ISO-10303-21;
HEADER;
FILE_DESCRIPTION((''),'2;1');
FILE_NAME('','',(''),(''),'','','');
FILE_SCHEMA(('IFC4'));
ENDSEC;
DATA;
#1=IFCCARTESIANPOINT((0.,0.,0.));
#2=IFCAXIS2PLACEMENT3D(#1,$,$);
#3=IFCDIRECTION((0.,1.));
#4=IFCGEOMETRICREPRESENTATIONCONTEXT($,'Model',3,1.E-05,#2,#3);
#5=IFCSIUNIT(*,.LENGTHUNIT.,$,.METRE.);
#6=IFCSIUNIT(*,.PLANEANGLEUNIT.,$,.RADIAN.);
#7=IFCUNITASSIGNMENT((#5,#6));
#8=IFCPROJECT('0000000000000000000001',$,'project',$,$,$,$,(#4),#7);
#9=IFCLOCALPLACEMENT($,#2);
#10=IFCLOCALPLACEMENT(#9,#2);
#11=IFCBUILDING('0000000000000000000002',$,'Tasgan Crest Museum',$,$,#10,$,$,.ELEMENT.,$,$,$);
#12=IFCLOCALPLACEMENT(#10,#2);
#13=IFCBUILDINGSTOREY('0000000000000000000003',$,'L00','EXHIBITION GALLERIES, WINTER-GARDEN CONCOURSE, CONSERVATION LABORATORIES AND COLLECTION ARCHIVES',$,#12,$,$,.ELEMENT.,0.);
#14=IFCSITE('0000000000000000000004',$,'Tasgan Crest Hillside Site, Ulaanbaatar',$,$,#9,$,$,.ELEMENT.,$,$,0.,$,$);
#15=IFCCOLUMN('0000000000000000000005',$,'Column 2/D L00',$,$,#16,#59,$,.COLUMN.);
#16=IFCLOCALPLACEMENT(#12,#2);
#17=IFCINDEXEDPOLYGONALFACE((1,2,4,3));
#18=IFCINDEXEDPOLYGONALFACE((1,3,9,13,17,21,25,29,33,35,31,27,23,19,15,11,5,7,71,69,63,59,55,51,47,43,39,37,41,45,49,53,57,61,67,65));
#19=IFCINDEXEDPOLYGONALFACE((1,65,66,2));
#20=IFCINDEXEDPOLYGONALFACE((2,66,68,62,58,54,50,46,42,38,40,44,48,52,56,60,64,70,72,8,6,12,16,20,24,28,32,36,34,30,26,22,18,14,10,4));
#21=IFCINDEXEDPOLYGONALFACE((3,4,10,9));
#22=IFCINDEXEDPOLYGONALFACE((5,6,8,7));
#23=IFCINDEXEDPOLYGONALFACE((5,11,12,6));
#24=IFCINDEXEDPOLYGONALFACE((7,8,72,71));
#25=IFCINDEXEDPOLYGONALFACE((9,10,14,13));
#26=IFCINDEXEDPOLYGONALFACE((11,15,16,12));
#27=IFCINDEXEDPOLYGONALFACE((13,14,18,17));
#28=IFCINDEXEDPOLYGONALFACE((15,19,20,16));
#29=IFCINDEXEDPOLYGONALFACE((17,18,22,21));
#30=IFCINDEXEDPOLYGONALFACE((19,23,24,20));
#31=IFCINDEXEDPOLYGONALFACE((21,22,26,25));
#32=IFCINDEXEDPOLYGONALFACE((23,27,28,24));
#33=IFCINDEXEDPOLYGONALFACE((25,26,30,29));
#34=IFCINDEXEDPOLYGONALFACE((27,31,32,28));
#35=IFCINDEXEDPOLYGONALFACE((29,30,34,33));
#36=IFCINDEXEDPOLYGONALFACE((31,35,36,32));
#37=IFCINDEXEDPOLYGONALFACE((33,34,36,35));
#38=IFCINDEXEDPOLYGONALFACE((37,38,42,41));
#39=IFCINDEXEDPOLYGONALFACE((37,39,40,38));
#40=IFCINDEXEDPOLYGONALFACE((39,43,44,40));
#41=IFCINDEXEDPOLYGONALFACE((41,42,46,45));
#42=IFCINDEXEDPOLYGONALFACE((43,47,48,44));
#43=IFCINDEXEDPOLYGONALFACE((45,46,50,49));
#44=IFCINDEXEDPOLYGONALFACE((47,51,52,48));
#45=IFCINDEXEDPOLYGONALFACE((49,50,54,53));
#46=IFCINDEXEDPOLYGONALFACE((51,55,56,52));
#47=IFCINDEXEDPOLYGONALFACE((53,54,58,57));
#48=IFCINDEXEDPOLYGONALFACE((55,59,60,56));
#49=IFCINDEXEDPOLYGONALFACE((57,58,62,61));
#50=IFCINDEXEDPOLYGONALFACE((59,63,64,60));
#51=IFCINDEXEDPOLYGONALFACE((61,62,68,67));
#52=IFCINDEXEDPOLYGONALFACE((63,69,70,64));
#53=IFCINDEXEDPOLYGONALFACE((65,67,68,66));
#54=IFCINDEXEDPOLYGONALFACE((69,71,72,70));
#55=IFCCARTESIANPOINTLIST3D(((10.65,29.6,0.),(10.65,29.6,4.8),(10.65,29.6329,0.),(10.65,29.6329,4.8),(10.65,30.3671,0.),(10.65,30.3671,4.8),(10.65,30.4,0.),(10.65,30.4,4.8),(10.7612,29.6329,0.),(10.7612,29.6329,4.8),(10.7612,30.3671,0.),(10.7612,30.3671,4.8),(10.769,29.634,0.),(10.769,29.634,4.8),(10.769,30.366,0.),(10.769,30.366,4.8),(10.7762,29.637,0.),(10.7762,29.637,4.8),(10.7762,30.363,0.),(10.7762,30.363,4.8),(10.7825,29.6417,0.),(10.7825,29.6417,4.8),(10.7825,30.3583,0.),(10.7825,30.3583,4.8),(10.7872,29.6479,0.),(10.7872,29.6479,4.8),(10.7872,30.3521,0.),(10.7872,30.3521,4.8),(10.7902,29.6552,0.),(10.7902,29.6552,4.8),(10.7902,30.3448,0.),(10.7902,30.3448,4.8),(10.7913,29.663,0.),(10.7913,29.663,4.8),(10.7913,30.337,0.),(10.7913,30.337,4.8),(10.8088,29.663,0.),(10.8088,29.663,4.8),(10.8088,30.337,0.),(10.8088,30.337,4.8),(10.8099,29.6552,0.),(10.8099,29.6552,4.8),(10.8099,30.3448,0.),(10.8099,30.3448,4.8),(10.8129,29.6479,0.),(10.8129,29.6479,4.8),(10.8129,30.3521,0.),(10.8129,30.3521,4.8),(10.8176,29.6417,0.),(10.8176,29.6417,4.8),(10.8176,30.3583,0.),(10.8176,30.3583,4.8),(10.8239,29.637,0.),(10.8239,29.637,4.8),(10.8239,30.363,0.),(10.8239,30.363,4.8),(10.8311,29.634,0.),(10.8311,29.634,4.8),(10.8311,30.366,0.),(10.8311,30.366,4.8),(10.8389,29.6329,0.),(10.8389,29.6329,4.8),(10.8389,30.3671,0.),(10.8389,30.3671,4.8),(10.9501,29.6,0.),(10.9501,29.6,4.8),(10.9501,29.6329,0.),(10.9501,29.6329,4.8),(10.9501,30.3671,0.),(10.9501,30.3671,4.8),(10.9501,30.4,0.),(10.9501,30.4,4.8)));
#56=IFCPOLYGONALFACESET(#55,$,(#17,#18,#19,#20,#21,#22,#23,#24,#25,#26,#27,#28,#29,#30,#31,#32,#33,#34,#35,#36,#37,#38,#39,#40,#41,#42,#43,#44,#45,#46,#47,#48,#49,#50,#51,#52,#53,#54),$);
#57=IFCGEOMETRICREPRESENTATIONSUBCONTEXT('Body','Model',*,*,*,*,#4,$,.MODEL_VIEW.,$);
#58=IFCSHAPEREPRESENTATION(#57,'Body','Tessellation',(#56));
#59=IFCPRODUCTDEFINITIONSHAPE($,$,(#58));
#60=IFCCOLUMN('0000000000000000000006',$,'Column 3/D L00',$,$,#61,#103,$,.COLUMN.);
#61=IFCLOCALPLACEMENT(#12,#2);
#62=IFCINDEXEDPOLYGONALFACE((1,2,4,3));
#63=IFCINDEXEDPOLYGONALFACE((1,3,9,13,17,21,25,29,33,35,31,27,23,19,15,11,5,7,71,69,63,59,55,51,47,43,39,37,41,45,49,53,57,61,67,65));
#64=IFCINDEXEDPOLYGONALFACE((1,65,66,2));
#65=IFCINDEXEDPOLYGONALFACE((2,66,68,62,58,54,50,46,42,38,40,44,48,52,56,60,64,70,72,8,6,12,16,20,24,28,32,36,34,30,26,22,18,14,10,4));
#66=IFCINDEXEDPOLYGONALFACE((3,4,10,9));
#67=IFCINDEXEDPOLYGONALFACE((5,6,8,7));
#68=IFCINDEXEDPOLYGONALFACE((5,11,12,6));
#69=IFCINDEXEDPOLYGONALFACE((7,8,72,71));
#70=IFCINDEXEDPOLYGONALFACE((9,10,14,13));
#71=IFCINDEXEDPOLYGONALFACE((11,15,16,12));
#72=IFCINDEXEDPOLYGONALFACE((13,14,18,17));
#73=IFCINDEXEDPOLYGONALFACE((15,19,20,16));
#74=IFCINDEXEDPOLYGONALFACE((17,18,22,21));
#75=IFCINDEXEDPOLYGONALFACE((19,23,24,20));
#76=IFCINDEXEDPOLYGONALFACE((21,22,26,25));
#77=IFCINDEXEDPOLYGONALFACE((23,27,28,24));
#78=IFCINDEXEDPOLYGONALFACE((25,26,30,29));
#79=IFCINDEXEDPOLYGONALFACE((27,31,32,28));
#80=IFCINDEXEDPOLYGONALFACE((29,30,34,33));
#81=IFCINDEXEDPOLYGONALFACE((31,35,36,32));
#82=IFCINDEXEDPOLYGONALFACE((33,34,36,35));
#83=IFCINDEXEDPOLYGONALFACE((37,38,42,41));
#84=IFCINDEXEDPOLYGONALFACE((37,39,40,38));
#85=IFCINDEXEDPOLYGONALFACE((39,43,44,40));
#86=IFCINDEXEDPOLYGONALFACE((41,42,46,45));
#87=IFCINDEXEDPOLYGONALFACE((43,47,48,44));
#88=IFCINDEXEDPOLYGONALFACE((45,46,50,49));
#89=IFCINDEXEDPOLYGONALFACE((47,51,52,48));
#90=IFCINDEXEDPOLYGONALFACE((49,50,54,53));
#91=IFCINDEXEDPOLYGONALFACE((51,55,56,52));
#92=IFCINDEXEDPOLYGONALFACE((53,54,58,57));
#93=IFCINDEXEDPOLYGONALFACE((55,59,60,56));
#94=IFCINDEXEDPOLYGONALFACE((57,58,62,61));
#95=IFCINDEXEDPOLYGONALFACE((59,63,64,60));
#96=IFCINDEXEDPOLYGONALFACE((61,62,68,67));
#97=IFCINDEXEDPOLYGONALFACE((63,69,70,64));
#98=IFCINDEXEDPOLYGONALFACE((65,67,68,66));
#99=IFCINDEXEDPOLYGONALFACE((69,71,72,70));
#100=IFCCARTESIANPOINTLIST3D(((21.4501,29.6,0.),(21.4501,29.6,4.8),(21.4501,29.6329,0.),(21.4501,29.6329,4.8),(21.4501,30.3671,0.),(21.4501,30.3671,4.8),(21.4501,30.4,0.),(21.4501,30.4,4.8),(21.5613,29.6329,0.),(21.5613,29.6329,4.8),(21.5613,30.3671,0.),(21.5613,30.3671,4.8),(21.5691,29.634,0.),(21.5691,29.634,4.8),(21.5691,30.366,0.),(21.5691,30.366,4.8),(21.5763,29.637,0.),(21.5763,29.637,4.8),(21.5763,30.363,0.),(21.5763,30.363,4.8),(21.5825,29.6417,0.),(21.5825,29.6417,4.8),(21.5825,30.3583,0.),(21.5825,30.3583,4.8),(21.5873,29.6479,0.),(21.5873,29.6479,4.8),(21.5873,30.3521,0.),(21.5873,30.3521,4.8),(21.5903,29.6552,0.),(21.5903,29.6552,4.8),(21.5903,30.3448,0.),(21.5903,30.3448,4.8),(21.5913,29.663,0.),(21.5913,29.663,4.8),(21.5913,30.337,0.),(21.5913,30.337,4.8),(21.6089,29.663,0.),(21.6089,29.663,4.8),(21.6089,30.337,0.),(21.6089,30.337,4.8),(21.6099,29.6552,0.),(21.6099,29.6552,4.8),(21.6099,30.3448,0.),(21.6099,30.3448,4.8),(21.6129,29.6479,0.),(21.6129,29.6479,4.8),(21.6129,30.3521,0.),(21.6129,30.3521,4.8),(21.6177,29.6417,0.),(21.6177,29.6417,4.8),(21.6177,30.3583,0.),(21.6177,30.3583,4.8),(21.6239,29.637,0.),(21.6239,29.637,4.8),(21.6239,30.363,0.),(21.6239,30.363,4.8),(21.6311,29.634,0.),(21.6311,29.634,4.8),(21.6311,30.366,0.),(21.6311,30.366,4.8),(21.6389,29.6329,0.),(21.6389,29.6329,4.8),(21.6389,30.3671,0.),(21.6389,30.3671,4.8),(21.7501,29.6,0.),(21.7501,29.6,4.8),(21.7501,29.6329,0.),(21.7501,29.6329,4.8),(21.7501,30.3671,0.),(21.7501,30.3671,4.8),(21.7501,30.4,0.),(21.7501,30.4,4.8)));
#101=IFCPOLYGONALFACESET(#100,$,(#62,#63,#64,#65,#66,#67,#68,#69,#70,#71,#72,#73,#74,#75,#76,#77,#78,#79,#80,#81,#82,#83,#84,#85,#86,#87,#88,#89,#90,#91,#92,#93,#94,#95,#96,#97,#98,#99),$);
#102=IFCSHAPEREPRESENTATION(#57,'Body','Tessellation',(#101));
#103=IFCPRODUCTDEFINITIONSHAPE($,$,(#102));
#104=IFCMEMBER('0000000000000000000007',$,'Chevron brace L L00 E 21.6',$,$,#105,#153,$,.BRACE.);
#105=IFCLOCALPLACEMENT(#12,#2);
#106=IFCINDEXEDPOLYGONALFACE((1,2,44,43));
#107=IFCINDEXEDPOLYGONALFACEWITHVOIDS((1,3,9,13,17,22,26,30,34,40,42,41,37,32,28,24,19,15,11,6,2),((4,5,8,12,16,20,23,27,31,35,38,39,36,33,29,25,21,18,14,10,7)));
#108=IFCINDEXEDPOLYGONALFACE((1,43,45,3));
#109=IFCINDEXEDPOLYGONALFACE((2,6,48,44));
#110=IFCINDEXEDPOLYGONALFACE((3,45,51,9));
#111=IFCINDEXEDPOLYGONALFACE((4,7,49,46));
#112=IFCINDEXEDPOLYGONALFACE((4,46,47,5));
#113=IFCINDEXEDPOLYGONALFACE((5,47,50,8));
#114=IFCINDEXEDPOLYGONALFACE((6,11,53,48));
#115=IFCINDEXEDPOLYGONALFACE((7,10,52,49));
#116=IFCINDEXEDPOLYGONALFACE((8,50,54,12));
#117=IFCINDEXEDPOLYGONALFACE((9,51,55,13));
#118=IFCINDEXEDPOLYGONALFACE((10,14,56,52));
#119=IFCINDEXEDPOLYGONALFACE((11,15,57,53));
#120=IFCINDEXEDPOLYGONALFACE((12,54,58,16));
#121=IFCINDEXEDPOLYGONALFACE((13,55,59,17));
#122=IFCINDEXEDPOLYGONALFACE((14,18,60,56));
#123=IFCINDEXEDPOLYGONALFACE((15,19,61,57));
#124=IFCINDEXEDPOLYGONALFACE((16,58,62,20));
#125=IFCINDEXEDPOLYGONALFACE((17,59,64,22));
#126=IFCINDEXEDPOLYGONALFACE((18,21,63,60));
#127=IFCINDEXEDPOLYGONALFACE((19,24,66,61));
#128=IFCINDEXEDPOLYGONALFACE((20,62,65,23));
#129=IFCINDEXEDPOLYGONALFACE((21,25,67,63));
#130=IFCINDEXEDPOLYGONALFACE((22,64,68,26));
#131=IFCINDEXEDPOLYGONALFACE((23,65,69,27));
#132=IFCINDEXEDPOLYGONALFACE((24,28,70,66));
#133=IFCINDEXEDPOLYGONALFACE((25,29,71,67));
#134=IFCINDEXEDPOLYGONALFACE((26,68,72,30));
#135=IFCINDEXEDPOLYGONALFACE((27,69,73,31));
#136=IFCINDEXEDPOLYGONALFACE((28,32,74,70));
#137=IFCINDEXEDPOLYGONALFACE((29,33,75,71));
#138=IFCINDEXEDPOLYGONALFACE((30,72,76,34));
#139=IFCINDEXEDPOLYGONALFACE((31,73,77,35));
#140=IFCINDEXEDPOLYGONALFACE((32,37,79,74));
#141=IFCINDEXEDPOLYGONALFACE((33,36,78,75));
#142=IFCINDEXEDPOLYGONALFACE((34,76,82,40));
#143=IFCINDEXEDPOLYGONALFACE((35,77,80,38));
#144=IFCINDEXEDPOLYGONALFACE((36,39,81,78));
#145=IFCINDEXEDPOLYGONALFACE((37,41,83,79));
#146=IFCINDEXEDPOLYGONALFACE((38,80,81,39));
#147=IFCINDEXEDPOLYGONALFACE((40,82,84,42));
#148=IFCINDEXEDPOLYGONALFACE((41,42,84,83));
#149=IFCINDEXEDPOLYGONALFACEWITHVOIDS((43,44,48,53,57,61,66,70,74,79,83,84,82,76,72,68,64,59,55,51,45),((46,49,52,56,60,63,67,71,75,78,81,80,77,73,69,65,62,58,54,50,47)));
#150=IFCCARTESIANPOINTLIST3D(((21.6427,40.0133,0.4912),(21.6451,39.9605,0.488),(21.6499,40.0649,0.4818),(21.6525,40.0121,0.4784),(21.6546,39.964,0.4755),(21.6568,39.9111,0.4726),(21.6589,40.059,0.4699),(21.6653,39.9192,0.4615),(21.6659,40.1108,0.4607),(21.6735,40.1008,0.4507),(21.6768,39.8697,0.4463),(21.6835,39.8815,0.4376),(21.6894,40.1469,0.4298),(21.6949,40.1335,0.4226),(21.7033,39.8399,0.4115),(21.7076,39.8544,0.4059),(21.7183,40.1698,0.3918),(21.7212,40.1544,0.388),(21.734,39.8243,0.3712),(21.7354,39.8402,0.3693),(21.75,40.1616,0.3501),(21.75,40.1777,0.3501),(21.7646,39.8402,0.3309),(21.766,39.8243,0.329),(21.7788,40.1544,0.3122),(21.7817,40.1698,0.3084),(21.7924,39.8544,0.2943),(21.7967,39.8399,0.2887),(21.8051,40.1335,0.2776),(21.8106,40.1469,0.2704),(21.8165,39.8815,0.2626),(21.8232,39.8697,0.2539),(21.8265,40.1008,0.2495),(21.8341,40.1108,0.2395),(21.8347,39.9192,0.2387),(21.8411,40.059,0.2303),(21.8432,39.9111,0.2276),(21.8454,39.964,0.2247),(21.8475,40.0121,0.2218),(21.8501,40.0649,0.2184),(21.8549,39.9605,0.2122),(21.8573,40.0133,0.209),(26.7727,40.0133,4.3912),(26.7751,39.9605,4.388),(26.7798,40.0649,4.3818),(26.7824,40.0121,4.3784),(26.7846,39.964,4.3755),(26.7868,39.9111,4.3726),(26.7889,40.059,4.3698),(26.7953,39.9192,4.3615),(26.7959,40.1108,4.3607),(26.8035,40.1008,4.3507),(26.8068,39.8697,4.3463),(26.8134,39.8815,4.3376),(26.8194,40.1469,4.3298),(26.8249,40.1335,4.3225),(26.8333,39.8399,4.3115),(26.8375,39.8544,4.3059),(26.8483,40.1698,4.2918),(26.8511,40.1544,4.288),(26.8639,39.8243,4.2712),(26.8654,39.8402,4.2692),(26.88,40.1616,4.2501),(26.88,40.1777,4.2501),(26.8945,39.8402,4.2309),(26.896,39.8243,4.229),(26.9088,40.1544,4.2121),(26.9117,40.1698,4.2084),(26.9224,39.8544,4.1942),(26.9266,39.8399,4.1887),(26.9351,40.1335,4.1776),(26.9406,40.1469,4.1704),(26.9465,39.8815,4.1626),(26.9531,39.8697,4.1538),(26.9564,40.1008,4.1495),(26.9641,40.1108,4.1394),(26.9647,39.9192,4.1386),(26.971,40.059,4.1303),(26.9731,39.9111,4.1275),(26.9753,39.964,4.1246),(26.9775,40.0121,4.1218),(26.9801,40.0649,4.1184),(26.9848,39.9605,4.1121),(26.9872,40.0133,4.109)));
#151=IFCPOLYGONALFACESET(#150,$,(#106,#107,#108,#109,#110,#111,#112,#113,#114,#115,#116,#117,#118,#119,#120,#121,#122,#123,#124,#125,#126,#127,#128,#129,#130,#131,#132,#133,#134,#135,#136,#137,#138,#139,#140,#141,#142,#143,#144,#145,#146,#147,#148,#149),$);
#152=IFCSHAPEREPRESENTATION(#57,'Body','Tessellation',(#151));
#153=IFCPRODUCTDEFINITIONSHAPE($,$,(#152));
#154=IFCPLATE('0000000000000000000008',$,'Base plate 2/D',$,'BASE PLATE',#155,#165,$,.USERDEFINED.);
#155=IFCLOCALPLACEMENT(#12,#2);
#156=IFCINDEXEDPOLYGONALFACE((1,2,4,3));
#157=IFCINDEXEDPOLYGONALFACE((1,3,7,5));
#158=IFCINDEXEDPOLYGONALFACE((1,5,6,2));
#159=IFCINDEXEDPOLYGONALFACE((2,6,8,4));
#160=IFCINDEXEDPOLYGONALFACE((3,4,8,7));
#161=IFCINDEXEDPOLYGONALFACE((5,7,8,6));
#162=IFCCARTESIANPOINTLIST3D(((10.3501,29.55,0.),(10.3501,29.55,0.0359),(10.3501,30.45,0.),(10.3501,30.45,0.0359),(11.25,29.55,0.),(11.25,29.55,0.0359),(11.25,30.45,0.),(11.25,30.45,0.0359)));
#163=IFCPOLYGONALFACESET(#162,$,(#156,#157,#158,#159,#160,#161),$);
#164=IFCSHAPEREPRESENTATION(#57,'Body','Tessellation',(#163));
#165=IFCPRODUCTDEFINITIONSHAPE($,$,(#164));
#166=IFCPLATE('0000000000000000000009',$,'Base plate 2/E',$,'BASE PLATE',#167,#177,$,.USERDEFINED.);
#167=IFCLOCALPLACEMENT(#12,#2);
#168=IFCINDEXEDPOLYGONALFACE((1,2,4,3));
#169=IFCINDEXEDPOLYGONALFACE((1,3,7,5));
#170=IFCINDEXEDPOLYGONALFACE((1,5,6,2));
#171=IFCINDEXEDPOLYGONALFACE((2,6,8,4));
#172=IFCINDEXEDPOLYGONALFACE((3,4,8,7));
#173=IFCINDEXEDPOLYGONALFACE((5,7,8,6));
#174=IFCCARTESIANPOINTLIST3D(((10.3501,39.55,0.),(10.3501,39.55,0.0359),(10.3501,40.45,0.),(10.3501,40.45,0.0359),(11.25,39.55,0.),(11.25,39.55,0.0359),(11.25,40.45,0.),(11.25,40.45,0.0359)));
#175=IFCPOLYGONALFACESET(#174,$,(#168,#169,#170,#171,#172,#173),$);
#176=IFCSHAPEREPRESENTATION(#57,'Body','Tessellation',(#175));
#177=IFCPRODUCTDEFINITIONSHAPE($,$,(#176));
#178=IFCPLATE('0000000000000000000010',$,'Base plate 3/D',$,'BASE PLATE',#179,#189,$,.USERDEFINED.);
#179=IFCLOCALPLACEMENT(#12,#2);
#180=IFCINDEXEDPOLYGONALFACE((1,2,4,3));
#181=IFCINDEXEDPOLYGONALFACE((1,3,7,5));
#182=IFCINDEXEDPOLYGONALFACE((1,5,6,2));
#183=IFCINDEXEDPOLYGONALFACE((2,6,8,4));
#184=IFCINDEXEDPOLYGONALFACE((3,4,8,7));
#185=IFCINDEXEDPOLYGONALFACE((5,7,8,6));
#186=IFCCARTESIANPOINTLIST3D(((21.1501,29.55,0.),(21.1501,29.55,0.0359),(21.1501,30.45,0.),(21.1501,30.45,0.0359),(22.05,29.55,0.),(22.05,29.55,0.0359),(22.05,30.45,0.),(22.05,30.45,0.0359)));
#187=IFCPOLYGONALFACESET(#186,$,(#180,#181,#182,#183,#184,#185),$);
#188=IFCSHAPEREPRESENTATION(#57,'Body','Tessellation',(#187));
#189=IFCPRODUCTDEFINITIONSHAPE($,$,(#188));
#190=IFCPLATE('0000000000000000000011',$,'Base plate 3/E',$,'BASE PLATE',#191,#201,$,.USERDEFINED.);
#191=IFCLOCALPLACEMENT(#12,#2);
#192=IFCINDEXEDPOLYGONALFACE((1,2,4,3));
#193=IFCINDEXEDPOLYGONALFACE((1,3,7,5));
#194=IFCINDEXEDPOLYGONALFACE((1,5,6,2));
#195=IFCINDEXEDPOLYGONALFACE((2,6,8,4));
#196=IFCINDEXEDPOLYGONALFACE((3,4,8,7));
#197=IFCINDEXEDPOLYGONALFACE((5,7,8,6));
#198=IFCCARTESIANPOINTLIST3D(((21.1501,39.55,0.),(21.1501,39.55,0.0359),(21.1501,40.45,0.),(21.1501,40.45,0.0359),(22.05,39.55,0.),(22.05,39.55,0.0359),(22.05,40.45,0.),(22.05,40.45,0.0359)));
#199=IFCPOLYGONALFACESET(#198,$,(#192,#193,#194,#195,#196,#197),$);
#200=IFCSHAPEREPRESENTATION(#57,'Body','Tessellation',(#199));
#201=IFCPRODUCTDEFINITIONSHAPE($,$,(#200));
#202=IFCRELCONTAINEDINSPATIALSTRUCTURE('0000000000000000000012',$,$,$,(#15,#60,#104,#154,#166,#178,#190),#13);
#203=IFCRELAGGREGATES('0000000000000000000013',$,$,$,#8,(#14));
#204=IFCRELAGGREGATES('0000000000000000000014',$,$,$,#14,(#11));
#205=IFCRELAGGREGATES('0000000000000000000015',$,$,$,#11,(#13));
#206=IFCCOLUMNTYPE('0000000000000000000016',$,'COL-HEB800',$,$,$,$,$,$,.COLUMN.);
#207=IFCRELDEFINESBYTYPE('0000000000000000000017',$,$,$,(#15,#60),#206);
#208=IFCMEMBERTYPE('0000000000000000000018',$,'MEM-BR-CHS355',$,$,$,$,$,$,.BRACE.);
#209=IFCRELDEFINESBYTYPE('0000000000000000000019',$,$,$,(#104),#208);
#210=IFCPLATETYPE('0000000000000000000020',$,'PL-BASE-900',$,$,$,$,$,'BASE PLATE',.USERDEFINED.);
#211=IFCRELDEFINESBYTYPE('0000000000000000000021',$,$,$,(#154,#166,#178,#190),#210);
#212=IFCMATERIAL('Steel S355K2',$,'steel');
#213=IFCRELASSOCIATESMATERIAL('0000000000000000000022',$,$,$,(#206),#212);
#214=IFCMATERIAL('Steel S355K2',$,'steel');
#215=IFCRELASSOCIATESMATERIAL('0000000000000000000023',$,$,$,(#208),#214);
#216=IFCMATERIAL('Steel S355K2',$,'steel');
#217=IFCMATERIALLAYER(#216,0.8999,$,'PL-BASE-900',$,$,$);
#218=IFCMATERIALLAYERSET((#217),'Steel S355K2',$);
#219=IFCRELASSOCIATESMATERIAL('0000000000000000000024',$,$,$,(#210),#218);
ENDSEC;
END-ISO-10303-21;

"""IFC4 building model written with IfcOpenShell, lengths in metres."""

from ifc_helpers import new_model, si_unit, direction, frame, origin, origin_2d, place, context, subcontext, project, spatial, rectangle, hollow_circle, i_section, extrude, material, layer, layer_set, material_profile, profile_set, type_object, element, save


model = new_model("IFC4")

# Units and contexts
model_context = context("Model", 3, precision=1e-05, world=origin(), true_north=direction((0.0, 1.0)))
body_context = subcontext(model_context, "Body", "Model", "MODEL_VIEW")
ifc_project = project(units=[si_unit("LENGTHUNIT", "METRE"), si_unit("PLANEANGLEUNIT", "RADIAN")], contexts=[model_context])

# Site, building, storey
site_placement = place(None, origin())
site = spatial("IfcSite", under=ifc_project, at=site_placement, Name="Tasgan Crest Hillside Site, Ulaanbaatar", CompositionType="ELEMENT", RefElevation=0.0)
building_placement = place(site_placement, origin())
building = spatial("IfcBuilding", under=site, at=building_placement, Name="Tasgan Crest Museum", CompositionType="ELEMENT")
storey_placement = place(building_placement, origin())
storey = spatial("IfcBuildingStorey", under=building, at=storey_placement, Name="L00", Description="EXHIBITION GALLERIES, WINTER-GARDEN CONCOURSE, CONSERVATION LABORATORIES AND COLLECTION ARCHIVES", CompositionType="ELEMENT", Elevation=0.0)

# Columns
ifc_material_1 = material(Name="Steel S355K2", Category="steel")
ifc_material_profile_1 = material_profile(ifc_material_1, i_section(OverallWidth=0.3, OverallDepth=0.8, WebThickness=0.0176, FlangeThickness=0.033, FilletRadius=0.03, at=origin_2d()), Name="HEB 800")
ifc_profile_set_1 = profile_set([ifc_material_profile_1], Name="Steel S355K2")
column_type_1 = type_object("IfcColumnType", Name="COL-HEB800", PredefinedType="COLUMN", material=ifc_profile_set_1)
for number, where, z_axis, x_axis, name in (
    (1, (10.8, 30.0, 0.0), (0.0, 0.0, 1.0), (1.0, 0.0, 0.0), "Column 2/D L00"),
    (2, (21.6001, 30.0, 0.0), (0.0, 0.0, 1.0), (1.0, 0.0, 0.0), "Column 3/D L00"),
):
    element("IfcColumn", number, at=place(storey_placement, frame(where, z_axis=z_axis, x_axis=x_axis)), inside=storey, type_object=column_type_1, Name=name, PredefinedType="COLUMN", context=body_context, shape_type="SweptSolid", body=[
        extrude(i_section(OverallWidth=0.3, OverallDepth=0.8, WebThickness=0.0176, FlangeThickness=0.033, FilletRadius=0.03, at=origin_2d()), origin(), (0.0, 0.0, 1.0), 4.8),
    ])

# Member
ifc_material_2 = material(Name="Steel S355K2", Category="steel")
ifc_material_profile_2 = material_profile(ifc_material_2, hollow_circle(Radius=0.1777, WallThickness=0.0161, at=origin_2d()), Name="CHS 355.6x16")
ifc_profile_set_2 = profile_set([ifc_material_profile_2], Name="Steel S355K2")
member_type = type_object("IfcMemberType", Name="MEM-BR-CHS355", PredefinedType="BRACE", material=ifc_profile_set_2)
member_placement = place(storey_placement, frame((21.75, 40.0, 0.3501), z_axis=(0.796073, 0.0, 0.6052), x_axis=(0.0, 1.0, 0.0)))
element("IfcMember", 3, at=member_placement, inside=storey, type_object=member_type, Name="Chevron brace L L00 E 21.6", PredefinedType="BRACE", context=body_context, shape_type="SweptSolid", body=[
    extrude(hollow_circle(Radius=0.1777, WallThickness=0.0161, at=origin_2d()), origin(), (0.0, 0.0, 1.0), 6.4441),
])

# Plates
ifc_material_3 = material(Name="Steel S355K2", Category="steel")
ifc_layer_1 = layer(ifc_material_3, 0.8999, Name="PL-BASE-900")
ifc_layer_set_1 = layer_set([ifc_layer_1], Name="Steel S355K2")
plate_type_1 = type_object("IfcPlateType", Name="PL-BASE-900", ElementType="BASE PLATE", PredefinedType="USERDEFINED", material=ifc_layer_set_1)
for number, where, z_axis, x_axis, name in (
    (4, (10.8, 30.0, 0.0), (0.0, 0.0, 1.0), (1.0, 0.0, 0.0), "Base plate 2/D"),
    (5, (10.8, 40.0, 0.0), (0.0, 0.0, 1.0), (1.0, 0.0, 0.0), "Base plate 2/E"),
    (6, (21.6001, 30.0, 0.0), (0.0, 0.0, 1.0), (1.0, 0.0, 0.0), "Base plate 3/D"),
    (7, (21.6001, 40.0, 0.0), (0.0, 0.0, 1.0), (1.0, 0.0, 0.0), "Base plate 3/E"),
):
    element("IfcPlate", number, at=place(storey_placement, frame(where, z_axis=z_axis, x_axis=x_axis)), inside=storey, type_object=plate_type_1, Name=name, ObjectType="BASE PLATE", PredefinedType="USERDEFINED", context=body_context, shape_type="SweptSolid", body=[
        extrude(rectangle(XDim=0.8999, YDim=0.8999, at=origin_2d()), origin(), (0.0, 0.0, 1.0), 0.0359),
    ])

save(model, "model.ifc")
